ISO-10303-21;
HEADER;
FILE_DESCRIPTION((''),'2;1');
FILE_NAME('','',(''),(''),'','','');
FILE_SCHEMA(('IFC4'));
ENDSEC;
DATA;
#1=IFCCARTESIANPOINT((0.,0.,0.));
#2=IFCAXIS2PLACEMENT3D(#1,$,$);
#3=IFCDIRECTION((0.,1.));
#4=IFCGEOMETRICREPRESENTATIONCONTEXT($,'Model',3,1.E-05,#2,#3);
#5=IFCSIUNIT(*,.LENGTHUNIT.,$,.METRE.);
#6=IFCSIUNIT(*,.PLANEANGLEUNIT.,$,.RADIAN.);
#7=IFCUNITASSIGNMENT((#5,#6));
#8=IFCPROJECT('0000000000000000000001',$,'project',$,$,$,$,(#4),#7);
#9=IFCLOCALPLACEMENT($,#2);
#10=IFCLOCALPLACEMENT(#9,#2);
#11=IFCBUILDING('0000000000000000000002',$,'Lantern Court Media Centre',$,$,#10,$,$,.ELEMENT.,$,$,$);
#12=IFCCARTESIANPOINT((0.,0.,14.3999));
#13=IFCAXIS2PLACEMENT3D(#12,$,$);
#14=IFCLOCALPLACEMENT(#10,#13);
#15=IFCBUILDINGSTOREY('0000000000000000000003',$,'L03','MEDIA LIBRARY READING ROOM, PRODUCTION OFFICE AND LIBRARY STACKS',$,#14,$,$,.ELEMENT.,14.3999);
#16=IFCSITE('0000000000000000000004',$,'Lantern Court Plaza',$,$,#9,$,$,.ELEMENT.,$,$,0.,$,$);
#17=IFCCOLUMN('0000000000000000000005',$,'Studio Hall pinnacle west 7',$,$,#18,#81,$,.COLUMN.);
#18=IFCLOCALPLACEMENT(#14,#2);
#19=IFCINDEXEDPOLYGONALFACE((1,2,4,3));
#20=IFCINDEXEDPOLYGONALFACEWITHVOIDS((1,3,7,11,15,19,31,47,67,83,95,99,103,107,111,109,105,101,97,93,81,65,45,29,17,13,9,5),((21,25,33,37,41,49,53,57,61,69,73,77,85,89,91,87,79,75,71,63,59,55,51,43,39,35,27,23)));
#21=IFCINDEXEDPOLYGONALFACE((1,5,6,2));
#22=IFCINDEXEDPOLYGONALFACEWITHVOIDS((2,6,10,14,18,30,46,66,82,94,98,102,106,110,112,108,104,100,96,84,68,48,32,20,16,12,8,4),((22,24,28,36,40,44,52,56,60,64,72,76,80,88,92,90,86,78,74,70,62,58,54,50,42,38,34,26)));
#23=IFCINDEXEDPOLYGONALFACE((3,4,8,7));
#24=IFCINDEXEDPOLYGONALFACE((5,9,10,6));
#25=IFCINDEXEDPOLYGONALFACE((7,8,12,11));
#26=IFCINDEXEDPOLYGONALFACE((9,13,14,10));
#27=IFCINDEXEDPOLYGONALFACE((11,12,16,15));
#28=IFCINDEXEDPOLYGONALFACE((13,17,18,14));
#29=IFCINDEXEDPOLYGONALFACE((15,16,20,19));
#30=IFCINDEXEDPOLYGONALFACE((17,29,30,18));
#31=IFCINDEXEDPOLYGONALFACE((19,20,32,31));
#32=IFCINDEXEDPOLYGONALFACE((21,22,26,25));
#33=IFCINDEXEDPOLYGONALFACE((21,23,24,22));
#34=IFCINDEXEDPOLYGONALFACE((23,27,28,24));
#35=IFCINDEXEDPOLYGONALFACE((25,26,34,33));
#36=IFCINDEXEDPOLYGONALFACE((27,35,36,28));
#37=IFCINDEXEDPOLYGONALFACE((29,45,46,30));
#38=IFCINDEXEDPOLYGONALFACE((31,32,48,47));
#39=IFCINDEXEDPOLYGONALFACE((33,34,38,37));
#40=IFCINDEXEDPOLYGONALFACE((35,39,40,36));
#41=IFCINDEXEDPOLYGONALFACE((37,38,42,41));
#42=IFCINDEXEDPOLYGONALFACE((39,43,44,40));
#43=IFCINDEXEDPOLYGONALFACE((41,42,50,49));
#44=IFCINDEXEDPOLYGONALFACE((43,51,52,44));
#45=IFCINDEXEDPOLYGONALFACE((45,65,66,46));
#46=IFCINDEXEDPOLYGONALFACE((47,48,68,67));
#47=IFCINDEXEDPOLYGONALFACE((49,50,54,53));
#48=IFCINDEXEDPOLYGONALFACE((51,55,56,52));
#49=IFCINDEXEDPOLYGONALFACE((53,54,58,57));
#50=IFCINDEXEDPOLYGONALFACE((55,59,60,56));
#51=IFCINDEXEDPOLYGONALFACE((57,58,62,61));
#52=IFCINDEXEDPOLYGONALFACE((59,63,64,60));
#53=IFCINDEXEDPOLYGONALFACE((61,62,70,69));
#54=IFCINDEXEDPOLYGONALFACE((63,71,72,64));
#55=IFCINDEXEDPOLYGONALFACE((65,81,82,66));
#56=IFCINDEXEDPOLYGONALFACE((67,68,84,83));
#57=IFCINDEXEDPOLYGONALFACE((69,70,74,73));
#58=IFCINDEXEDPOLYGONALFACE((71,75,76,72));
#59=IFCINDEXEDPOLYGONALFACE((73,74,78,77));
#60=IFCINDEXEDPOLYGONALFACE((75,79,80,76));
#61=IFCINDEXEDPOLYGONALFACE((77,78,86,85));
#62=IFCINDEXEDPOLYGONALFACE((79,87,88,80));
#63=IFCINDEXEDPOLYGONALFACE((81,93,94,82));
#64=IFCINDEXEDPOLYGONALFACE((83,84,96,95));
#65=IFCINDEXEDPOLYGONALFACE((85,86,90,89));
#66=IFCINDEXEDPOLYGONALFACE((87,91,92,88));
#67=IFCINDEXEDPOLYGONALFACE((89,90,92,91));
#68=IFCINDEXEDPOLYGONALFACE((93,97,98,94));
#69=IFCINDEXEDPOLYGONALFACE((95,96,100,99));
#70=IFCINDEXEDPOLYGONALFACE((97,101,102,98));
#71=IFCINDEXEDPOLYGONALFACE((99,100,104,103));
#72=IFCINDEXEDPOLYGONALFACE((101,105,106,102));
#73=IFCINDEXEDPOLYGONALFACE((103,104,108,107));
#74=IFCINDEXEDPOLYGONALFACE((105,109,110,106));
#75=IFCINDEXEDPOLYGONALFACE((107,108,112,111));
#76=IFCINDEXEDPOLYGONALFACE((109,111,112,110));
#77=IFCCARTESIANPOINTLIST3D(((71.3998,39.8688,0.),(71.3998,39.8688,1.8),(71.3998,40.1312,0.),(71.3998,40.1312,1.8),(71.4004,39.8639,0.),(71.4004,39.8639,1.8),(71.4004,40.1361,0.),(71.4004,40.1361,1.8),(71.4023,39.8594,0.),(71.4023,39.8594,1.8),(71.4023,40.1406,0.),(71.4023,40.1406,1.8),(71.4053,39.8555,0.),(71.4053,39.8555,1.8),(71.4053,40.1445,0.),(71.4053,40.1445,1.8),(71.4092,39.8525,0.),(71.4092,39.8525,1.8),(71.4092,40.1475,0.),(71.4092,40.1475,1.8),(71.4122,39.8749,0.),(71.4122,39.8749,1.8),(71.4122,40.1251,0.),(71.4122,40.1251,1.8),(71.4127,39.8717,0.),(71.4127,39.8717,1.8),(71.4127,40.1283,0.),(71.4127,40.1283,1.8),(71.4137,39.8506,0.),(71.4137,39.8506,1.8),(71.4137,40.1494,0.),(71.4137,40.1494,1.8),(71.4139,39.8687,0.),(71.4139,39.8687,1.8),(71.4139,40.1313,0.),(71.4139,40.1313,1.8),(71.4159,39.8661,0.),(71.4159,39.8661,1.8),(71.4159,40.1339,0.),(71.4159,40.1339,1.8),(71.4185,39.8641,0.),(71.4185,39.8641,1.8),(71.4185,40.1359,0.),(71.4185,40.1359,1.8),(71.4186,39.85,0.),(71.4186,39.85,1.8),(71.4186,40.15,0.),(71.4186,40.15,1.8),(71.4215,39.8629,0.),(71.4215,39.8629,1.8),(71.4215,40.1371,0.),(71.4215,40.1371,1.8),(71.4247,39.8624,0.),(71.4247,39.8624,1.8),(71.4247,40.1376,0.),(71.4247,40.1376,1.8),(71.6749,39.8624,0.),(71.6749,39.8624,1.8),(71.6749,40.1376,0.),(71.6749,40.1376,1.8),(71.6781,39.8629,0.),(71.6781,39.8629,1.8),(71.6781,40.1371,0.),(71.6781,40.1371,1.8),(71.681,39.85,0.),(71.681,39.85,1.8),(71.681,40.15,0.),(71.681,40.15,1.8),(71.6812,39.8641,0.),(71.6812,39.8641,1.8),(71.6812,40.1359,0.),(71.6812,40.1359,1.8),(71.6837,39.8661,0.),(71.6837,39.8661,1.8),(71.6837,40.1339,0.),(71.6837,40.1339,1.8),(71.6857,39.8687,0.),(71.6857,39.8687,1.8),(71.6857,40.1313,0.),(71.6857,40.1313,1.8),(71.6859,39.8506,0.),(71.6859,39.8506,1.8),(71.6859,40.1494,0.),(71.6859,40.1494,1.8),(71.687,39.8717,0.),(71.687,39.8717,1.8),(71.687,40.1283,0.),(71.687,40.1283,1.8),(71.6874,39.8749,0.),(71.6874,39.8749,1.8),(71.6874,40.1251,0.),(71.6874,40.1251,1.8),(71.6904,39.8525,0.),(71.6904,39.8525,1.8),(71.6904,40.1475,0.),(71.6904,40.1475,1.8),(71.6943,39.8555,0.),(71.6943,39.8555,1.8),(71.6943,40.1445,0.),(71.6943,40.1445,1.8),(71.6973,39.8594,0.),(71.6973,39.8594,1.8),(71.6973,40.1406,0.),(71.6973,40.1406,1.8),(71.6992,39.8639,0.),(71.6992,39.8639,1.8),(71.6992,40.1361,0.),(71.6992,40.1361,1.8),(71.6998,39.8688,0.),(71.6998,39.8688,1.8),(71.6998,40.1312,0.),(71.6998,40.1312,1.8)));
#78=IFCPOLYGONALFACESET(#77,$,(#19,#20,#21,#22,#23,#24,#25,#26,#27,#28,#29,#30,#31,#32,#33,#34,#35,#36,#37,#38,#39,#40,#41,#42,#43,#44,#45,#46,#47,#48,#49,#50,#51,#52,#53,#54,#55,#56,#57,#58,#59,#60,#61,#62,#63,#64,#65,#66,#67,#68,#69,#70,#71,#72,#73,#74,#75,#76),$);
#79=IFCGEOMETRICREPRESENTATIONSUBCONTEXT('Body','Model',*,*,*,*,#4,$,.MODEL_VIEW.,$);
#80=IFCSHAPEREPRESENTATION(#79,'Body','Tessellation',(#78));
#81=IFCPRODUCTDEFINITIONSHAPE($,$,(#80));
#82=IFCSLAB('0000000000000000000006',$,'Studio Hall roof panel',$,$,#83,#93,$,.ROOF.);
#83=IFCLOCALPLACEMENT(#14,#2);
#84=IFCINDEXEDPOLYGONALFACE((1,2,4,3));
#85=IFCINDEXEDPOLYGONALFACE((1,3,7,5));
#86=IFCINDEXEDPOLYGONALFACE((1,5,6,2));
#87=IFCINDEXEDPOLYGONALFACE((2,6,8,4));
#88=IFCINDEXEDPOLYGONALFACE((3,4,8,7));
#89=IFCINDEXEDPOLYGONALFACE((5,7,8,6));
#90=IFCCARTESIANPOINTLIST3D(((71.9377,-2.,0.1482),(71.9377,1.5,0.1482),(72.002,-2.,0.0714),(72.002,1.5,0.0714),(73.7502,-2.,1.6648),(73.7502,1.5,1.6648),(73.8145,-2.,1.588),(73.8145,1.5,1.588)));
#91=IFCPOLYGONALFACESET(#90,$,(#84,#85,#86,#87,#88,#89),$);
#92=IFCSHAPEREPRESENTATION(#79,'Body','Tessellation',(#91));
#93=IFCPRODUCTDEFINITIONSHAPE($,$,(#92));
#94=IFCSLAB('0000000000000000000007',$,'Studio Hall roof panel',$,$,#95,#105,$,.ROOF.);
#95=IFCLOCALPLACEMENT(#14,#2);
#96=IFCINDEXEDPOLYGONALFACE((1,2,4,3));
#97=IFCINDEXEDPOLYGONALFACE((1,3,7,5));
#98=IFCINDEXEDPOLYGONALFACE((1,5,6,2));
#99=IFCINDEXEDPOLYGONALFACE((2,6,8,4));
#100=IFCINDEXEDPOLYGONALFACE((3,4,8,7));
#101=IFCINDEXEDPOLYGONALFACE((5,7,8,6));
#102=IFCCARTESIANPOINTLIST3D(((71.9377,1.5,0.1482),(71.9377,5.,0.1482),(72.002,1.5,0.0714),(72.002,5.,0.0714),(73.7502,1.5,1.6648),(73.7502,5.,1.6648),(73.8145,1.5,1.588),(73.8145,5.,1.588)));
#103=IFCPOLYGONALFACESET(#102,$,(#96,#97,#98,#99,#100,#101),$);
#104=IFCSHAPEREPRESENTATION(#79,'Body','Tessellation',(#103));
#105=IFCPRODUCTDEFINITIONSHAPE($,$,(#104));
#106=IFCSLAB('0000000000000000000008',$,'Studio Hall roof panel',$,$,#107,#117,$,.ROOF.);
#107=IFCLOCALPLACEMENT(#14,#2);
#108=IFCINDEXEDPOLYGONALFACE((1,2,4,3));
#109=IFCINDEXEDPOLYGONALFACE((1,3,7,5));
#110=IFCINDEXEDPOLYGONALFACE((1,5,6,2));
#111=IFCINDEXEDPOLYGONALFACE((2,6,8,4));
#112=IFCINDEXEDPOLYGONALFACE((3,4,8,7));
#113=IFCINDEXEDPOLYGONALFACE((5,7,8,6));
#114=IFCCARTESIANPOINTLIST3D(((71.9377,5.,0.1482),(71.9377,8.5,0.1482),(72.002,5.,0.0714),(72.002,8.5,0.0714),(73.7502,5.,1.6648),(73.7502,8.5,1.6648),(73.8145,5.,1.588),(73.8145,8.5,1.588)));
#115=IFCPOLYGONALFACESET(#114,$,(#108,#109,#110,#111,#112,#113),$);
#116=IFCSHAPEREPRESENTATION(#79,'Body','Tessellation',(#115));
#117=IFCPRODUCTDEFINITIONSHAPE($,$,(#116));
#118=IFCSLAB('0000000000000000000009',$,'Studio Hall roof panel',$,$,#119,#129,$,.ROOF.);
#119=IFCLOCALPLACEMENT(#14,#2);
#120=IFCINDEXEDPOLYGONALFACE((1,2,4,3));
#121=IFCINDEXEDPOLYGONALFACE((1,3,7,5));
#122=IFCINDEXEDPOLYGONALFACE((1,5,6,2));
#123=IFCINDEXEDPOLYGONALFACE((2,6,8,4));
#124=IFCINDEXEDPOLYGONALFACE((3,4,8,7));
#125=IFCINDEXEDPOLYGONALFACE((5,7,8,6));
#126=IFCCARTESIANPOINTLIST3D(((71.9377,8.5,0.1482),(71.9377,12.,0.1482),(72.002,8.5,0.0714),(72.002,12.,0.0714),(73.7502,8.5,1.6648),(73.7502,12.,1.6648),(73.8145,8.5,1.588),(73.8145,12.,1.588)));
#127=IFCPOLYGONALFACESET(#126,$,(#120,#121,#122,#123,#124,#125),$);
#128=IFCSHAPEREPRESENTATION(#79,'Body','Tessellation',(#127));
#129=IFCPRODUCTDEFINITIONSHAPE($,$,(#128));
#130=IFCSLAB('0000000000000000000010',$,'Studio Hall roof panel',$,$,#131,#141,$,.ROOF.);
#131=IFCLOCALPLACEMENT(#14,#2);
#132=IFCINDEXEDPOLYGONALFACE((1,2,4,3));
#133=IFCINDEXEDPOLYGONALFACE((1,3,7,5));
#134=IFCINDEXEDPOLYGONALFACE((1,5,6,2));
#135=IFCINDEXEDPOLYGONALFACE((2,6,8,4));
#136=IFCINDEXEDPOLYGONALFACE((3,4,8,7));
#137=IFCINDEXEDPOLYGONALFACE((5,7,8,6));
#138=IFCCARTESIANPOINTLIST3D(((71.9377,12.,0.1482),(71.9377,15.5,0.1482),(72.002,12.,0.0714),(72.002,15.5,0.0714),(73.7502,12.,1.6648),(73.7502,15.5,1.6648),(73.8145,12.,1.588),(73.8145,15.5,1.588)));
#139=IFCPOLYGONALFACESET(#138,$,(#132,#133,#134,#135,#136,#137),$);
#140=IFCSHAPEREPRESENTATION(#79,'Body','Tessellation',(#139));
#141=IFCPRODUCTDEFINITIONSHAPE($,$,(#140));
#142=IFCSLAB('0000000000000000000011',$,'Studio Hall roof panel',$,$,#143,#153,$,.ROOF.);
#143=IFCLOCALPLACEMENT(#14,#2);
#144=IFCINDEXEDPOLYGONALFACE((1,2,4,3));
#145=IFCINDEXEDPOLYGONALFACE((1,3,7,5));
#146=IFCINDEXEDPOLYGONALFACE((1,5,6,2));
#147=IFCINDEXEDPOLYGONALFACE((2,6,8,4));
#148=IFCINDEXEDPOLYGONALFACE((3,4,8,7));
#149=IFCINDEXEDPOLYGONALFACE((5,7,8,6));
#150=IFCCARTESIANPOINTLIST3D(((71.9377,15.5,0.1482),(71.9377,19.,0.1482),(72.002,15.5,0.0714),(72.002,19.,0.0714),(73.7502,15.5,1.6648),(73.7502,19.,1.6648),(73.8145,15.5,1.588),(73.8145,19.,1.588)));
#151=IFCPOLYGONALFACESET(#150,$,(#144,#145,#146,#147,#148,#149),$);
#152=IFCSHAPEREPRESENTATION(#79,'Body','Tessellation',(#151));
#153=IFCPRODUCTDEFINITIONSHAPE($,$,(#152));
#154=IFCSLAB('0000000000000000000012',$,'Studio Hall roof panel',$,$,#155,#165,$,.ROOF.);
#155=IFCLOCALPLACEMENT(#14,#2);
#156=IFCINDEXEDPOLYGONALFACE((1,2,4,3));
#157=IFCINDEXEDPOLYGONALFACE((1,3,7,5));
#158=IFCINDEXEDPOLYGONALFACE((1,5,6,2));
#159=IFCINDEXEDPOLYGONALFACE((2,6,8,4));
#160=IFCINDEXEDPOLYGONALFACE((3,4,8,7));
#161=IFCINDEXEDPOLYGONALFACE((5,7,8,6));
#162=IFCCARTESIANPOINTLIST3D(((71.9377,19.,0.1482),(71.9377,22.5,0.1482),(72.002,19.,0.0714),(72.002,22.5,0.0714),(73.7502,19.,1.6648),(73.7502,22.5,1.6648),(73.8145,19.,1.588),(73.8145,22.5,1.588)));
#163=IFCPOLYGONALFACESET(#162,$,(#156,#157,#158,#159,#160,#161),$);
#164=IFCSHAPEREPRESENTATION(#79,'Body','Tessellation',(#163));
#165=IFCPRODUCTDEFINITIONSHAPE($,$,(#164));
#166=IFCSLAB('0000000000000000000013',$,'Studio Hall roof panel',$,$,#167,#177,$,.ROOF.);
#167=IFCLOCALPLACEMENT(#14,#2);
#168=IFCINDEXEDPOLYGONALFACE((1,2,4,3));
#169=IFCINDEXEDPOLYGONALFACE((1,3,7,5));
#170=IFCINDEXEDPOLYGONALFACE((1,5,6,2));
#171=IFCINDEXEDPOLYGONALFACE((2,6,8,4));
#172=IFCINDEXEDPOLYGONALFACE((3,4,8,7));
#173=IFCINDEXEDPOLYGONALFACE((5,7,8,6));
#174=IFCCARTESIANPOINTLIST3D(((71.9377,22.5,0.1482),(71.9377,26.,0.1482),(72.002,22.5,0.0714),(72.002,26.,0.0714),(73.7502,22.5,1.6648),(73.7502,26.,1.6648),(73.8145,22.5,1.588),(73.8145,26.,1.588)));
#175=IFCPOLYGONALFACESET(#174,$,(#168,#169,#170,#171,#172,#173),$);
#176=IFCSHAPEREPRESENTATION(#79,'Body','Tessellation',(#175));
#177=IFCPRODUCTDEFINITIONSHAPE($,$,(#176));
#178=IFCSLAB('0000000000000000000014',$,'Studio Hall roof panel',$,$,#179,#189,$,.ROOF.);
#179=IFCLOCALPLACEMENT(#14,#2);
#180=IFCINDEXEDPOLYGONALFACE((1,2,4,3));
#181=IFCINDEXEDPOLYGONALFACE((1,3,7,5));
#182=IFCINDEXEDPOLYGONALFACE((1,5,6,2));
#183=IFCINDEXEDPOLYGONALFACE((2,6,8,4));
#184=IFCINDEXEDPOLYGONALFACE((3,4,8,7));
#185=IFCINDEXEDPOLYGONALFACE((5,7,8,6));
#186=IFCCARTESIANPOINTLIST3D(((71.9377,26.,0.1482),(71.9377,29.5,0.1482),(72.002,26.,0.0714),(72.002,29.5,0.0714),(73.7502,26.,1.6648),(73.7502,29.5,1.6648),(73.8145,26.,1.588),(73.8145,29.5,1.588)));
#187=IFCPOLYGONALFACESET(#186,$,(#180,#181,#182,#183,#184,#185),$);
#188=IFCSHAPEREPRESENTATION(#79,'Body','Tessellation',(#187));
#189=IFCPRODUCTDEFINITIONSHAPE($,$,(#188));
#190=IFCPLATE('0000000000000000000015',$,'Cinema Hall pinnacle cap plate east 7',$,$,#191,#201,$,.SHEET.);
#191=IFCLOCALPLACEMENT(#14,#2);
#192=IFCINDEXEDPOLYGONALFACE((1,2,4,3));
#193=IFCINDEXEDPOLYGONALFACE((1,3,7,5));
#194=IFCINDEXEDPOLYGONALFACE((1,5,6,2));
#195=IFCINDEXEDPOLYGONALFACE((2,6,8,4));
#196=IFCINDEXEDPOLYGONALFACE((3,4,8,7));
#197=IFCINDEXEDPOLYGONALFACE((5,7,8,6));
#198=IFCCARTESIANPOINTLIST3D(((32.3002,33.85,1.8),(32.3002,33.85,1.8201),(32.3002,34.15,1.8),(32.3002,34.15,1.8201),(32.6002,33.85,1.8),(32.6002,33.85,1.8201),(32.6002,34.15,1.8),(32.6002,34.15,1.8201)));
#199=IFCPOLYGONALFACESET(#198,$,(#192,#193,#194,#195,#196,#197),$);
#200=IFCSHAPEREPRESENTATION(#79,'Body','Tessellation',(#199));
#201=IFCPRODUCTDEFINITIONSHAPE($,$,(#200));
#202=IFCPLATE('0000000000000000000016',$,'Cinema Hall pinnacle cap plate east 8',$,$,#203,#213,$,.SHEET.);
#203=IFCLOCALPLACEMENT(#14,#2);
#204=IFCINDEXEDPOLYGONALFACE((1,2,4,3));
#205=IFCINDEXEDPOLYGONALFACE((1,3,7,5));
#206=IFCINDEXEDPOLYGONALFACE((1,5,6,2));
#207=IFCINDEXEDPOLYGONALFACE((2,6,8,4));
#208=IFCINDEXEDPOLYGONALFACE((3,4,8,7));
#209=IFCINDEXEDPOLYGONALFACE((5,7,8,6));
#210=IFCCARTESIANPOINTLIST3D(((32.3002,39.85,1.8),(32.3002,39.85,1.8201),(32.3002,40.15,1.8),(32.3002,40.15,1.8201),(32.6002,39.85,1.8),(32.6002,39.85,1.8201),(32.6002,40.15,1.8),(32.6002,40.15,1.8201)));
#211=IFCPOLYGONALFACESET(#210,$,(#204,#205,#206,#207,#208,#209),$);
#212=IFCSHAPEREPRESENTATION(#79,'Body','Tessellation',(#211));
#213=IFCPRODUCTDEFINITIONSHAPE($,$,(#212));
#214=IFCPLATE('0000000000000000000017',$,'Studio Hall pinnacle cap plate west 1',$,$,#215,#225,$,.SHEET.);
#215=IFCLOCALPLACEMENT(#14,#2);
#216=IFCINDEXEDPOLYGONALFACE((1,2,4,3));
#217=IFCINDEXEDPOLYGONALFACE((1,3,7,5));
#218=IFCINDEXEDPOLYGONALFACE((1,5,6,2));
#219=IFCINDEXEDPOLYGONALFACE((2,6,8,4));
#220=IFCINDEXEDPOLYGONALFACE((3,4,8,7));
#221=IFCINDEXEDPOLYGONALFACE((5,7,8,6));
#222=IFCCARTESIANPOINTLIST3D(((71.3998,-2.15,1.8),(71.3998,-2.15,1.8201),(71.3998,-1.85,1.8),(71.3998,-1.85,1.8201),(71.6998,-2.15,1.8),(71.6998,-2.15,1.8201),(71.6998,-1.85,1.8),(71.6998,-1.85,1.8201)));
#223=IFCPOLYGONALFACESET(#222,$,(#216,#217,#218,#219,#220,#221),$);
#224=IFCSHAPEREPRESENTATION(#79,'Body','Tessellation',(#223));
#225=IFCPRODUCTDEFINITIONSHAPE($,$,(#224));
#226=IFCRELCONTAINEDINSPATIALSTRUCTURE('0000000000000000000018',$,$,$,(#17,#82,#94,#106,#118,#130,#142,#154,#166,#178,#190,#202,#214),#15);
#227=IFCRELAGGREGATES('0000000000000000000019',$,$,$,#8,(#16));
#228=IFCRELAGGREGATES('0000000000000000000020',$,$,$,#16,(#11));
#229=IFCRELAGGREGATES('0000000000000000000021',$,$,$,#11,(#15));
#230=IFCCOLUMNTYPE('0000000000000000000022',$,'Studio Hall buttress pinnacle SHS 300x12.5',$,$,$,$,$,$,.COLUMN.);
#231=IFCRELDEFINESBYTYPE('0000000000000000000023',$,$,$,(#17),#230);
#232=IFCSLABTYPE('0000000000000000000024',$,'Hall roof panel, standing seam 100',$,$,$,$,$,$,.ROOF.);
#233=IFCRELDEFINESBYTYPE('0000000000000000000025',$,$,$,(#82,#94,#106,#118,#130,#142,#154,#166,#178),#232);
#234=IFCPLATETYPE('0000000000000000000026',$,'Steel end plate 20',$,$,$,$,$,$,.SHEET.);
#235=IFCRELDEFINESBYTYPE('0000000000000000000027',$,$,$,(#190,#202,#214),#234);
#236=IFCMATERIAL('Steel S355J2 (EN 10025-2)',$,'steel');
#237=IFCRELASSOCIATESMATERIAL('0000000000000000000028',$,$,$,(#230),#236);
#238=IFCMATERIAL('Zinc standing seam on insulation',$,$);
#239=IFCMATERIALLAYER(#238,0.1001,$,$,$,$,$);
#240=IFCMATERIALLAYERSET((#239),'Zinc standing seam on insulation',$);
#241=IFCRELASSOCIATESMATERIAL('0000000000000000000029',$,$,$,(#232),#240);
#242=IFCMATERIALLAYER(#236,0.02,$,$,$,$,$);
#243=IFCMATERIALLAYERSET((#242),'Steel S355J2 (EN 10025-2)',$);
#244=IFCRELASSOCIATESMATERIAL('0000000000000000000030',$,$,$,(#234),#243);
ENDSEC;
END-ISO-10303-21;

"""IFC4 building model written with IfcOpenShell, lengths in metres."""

from ifc_helpers import new_model, si_unit, direction, frame, origin, origin_2d, place, context, subcontext, project, spatial, polyline, rectangle, hollow_rectangle, outline, extrude, material, layer, layer_set, material_profile, profile_set, type_object, element, save


model = new_model("IFC4")

# Units and contexts
model_context = context("Model", 3, precision=1e-05, world=origin(), true_north=direction((0.0, 1.0)))
body_context = subcontext(model_context, "Body", "Model", "MODEL_VIEW")
ifc_project = project(units=[si_unit("LENGTHUNIT", "METRE"), si_unit("PLANEANGLEUNIT", "RADIAN")], contexts=[model_context])

# Site, building, storey
site_placement = place(None, origin())
site = spatial("IfcSite", under=ifc_project, at=site_placement, Name="Lantern Court Plaza", CompositionType="ELEMENT", RefElevation=0.0)
building_placement = place(site_placement, origin())
building = spatial("IfcBuilding", under=site, at=building_placement, Name="Lantern Court Media Centre", CompositionType="ELEMENT")
storey_placement = place(building_placement, frame((0.0, 0.0, 14.3999)))
storey = spatial("IfcBuildingStorey", under=building, at=storey_placement, Name="L03", Description="MEDIA LIBRARY READING ROOM, PRODUCTION OFFICE AND LIBRARY STACKS", CompositionType="ELEMENT", Elevation=14.3999)

# Column
ifc_material_1 = material(Name="Steel S355J2 (EN 10025-2)", Category="steel")
ifc_material_profile_1 = material_profile(ifc_material_1, hollow_rectangle(XDim=0.3, YDim=0.3, WallThickness=0.0125, InnerFilletRadius=0.0125, OuterFilletRadius=0.0188, at=origin_2d()), Name="Studio Hall buttress pinnacle SHS 300x12.5")
ifc_profile_set_1 = profile_set([ifc_material_profile_1], Name="Steel S355J2 (EN 10025-2)")
column_type_1 = type_object("IfcColumnType", Name="Studio Hall buttress pinnacle SHS 300x12.5", PredefinedType="COLUMN", material=ifc_profile_set_1)
for number, where, z_axis, x_axis, name in (
    (1, (71.5498, 40.0, 0.0), (0.0, 0.0, 1.0), (1.0, 0.0, 0.0), "Studio Hall pinnacle west 7"),
):
    element("IfcColumn", number, at=place(storey_placement, frame(where, z_axis=z_axis, x_axis=x_axis)), inside=storey, type_object=column_type_1, Name=name, PredefinedType="COLUMN", context=body_context, shape_type="SweptSolid", body=[
        extrude(hollow_rectangle(XDim=0.3, YDim=0.3, WallThickness=0.0125, InnerFilletRadius=0.0125, OuterFilletRadius=0.0188, at=origin_2d()), origin(), (0.0, 0.0, 1.0), 1.8),
    ])

# Slabs
ifc_material_2 = material(Name="Zinc standing seam on insulation")
ifc_layer_1 = layer(ifc_material_2, 0.1001)
ifc_layer_set_1 = layer_set([ifc_layer_1], Name="Zinc standing seam on insulation")
slab_type = type_object("IfcSlabType", Name="Hall roof panel, standing seam 100", PredefinedType="ROOF", material=ifc_layer_set_1)
for number, where, z_axis, x_axis, name in (
    (2, (71.9377, -2.0, 0.1482), (-0.641728, 0.0, 0.766933), (0.766933, 0.0, 0.641728), "Studio Hall roof panel"),
    (3, (71.9377, 1.5, 0.1482), (-0.641728, 0.0, 0.766933), (0.766933, 0.0, 0.641728), "Studio Hall roof panel"),
    (4, (71.9377, 5.0, 0.1482), (-0.641728, 0.0, 0.766933), (0.766933, 0.0, 0.641728), "Studio Hall roof panel"),
    (5, (71.9377, 8.5, 0.1482), (-0.641728, 0.0, 0.766933), (0.766933, 0.0, 0.641728), "Studio Hall roof panel"),
    (6, (71.9377, 12.0, 0.1482), (-0.641728, 0.0, 0.766933), (0.766933, 0.0, 0.641728), "Studio Hall roof panel"),
    (7, (71.9377, 15.5, 0.1482), (-0.641728, 0.0, 0.766933), (0.766933, 0.0, 0.641728), "Studio Hall roof panel"),
    (8, (71.9377, 19.0, 0.1482), (-0.641728, 0.0, 0.766933), (0.766933, 0.0, 0.641728), "Studio Hall roof panel"),
    (9, (71.9377, 22.5, 0.1482), (-0.641728, 0.0, 0.766933), (0.766933, 0.0, 0.641728), "Studio Hall roof panel"),
    (10, (71.9377, 26.0, 0.1482), (-0.641728, 0.0, 0.766933), (0.766933, 0.0, 0.641728), "Studio Hall roof panel"),
):
    element("IfcSlab", number, at=place(storey_placement, frame(where, z_axis=z_axis, x_axis=x_axis)), inside=storey, type_object=slab_type, Name=name, PredefinedType="ROOF", context=body_context, shape_type="SweptSolid", body=[
        extrude(outline(polyline([(0.0, 0.0), (2.3633, 0.0), (2.3633, 3.5), (0.0, 3.5), (0.0, 0.0)])), origin(), (0.0, 0.0, -1.0), 0.1001),
    ])

# Plates
ifc_layer_2 = layer(ifc_material_1, 0.02)
ifc_layer_set_2 = layer_set([ifc_layer_2], Name="Steel S355J2 (EN 10025-2)")
plate_type = type_object("IfcPlateType", Name="Steel end plate 20", PredefinedType="SHEET", material=ifc_layer_set_2)
for number, where, z_axis, x_axis, name in (
    (11, (32.4502, 34.0, 1.8), (0.0, 0.0, 1.0), (1.0, 0.0, 0.0), "Cinema Hall pinnacle cap plate east 7"),
    (12, (32.4502, 40.0, 1.8), (0.0, 0.0, 1.0), (1.0, 0.0, 0.0), "Cinema Hall pinnacle cap plate east 8"),
    (13, (71.5498, -2.0, 1.8), (0.0, 0.0, 1.0), (1.0, 0.0, 0.0), "Studio Hall pinnacle cap plate west 1"),
):
    element("IfcPlate", number, at=place(storey_placement, frame(where, z_axis=z_axis, x_axis=x_axis)), inside=storey, type_object=plate_type, Name=name, PredefinedType="SHEET", context=body_context, shape_type="SweptSolid", body=[
        extrude(rectangle(XDim=0.3, YDim=0.3, at=origin_2d()), origin(), (0.0, 0.0, 1.0), 0.02),
    ])

save(model, "model.ifc")
